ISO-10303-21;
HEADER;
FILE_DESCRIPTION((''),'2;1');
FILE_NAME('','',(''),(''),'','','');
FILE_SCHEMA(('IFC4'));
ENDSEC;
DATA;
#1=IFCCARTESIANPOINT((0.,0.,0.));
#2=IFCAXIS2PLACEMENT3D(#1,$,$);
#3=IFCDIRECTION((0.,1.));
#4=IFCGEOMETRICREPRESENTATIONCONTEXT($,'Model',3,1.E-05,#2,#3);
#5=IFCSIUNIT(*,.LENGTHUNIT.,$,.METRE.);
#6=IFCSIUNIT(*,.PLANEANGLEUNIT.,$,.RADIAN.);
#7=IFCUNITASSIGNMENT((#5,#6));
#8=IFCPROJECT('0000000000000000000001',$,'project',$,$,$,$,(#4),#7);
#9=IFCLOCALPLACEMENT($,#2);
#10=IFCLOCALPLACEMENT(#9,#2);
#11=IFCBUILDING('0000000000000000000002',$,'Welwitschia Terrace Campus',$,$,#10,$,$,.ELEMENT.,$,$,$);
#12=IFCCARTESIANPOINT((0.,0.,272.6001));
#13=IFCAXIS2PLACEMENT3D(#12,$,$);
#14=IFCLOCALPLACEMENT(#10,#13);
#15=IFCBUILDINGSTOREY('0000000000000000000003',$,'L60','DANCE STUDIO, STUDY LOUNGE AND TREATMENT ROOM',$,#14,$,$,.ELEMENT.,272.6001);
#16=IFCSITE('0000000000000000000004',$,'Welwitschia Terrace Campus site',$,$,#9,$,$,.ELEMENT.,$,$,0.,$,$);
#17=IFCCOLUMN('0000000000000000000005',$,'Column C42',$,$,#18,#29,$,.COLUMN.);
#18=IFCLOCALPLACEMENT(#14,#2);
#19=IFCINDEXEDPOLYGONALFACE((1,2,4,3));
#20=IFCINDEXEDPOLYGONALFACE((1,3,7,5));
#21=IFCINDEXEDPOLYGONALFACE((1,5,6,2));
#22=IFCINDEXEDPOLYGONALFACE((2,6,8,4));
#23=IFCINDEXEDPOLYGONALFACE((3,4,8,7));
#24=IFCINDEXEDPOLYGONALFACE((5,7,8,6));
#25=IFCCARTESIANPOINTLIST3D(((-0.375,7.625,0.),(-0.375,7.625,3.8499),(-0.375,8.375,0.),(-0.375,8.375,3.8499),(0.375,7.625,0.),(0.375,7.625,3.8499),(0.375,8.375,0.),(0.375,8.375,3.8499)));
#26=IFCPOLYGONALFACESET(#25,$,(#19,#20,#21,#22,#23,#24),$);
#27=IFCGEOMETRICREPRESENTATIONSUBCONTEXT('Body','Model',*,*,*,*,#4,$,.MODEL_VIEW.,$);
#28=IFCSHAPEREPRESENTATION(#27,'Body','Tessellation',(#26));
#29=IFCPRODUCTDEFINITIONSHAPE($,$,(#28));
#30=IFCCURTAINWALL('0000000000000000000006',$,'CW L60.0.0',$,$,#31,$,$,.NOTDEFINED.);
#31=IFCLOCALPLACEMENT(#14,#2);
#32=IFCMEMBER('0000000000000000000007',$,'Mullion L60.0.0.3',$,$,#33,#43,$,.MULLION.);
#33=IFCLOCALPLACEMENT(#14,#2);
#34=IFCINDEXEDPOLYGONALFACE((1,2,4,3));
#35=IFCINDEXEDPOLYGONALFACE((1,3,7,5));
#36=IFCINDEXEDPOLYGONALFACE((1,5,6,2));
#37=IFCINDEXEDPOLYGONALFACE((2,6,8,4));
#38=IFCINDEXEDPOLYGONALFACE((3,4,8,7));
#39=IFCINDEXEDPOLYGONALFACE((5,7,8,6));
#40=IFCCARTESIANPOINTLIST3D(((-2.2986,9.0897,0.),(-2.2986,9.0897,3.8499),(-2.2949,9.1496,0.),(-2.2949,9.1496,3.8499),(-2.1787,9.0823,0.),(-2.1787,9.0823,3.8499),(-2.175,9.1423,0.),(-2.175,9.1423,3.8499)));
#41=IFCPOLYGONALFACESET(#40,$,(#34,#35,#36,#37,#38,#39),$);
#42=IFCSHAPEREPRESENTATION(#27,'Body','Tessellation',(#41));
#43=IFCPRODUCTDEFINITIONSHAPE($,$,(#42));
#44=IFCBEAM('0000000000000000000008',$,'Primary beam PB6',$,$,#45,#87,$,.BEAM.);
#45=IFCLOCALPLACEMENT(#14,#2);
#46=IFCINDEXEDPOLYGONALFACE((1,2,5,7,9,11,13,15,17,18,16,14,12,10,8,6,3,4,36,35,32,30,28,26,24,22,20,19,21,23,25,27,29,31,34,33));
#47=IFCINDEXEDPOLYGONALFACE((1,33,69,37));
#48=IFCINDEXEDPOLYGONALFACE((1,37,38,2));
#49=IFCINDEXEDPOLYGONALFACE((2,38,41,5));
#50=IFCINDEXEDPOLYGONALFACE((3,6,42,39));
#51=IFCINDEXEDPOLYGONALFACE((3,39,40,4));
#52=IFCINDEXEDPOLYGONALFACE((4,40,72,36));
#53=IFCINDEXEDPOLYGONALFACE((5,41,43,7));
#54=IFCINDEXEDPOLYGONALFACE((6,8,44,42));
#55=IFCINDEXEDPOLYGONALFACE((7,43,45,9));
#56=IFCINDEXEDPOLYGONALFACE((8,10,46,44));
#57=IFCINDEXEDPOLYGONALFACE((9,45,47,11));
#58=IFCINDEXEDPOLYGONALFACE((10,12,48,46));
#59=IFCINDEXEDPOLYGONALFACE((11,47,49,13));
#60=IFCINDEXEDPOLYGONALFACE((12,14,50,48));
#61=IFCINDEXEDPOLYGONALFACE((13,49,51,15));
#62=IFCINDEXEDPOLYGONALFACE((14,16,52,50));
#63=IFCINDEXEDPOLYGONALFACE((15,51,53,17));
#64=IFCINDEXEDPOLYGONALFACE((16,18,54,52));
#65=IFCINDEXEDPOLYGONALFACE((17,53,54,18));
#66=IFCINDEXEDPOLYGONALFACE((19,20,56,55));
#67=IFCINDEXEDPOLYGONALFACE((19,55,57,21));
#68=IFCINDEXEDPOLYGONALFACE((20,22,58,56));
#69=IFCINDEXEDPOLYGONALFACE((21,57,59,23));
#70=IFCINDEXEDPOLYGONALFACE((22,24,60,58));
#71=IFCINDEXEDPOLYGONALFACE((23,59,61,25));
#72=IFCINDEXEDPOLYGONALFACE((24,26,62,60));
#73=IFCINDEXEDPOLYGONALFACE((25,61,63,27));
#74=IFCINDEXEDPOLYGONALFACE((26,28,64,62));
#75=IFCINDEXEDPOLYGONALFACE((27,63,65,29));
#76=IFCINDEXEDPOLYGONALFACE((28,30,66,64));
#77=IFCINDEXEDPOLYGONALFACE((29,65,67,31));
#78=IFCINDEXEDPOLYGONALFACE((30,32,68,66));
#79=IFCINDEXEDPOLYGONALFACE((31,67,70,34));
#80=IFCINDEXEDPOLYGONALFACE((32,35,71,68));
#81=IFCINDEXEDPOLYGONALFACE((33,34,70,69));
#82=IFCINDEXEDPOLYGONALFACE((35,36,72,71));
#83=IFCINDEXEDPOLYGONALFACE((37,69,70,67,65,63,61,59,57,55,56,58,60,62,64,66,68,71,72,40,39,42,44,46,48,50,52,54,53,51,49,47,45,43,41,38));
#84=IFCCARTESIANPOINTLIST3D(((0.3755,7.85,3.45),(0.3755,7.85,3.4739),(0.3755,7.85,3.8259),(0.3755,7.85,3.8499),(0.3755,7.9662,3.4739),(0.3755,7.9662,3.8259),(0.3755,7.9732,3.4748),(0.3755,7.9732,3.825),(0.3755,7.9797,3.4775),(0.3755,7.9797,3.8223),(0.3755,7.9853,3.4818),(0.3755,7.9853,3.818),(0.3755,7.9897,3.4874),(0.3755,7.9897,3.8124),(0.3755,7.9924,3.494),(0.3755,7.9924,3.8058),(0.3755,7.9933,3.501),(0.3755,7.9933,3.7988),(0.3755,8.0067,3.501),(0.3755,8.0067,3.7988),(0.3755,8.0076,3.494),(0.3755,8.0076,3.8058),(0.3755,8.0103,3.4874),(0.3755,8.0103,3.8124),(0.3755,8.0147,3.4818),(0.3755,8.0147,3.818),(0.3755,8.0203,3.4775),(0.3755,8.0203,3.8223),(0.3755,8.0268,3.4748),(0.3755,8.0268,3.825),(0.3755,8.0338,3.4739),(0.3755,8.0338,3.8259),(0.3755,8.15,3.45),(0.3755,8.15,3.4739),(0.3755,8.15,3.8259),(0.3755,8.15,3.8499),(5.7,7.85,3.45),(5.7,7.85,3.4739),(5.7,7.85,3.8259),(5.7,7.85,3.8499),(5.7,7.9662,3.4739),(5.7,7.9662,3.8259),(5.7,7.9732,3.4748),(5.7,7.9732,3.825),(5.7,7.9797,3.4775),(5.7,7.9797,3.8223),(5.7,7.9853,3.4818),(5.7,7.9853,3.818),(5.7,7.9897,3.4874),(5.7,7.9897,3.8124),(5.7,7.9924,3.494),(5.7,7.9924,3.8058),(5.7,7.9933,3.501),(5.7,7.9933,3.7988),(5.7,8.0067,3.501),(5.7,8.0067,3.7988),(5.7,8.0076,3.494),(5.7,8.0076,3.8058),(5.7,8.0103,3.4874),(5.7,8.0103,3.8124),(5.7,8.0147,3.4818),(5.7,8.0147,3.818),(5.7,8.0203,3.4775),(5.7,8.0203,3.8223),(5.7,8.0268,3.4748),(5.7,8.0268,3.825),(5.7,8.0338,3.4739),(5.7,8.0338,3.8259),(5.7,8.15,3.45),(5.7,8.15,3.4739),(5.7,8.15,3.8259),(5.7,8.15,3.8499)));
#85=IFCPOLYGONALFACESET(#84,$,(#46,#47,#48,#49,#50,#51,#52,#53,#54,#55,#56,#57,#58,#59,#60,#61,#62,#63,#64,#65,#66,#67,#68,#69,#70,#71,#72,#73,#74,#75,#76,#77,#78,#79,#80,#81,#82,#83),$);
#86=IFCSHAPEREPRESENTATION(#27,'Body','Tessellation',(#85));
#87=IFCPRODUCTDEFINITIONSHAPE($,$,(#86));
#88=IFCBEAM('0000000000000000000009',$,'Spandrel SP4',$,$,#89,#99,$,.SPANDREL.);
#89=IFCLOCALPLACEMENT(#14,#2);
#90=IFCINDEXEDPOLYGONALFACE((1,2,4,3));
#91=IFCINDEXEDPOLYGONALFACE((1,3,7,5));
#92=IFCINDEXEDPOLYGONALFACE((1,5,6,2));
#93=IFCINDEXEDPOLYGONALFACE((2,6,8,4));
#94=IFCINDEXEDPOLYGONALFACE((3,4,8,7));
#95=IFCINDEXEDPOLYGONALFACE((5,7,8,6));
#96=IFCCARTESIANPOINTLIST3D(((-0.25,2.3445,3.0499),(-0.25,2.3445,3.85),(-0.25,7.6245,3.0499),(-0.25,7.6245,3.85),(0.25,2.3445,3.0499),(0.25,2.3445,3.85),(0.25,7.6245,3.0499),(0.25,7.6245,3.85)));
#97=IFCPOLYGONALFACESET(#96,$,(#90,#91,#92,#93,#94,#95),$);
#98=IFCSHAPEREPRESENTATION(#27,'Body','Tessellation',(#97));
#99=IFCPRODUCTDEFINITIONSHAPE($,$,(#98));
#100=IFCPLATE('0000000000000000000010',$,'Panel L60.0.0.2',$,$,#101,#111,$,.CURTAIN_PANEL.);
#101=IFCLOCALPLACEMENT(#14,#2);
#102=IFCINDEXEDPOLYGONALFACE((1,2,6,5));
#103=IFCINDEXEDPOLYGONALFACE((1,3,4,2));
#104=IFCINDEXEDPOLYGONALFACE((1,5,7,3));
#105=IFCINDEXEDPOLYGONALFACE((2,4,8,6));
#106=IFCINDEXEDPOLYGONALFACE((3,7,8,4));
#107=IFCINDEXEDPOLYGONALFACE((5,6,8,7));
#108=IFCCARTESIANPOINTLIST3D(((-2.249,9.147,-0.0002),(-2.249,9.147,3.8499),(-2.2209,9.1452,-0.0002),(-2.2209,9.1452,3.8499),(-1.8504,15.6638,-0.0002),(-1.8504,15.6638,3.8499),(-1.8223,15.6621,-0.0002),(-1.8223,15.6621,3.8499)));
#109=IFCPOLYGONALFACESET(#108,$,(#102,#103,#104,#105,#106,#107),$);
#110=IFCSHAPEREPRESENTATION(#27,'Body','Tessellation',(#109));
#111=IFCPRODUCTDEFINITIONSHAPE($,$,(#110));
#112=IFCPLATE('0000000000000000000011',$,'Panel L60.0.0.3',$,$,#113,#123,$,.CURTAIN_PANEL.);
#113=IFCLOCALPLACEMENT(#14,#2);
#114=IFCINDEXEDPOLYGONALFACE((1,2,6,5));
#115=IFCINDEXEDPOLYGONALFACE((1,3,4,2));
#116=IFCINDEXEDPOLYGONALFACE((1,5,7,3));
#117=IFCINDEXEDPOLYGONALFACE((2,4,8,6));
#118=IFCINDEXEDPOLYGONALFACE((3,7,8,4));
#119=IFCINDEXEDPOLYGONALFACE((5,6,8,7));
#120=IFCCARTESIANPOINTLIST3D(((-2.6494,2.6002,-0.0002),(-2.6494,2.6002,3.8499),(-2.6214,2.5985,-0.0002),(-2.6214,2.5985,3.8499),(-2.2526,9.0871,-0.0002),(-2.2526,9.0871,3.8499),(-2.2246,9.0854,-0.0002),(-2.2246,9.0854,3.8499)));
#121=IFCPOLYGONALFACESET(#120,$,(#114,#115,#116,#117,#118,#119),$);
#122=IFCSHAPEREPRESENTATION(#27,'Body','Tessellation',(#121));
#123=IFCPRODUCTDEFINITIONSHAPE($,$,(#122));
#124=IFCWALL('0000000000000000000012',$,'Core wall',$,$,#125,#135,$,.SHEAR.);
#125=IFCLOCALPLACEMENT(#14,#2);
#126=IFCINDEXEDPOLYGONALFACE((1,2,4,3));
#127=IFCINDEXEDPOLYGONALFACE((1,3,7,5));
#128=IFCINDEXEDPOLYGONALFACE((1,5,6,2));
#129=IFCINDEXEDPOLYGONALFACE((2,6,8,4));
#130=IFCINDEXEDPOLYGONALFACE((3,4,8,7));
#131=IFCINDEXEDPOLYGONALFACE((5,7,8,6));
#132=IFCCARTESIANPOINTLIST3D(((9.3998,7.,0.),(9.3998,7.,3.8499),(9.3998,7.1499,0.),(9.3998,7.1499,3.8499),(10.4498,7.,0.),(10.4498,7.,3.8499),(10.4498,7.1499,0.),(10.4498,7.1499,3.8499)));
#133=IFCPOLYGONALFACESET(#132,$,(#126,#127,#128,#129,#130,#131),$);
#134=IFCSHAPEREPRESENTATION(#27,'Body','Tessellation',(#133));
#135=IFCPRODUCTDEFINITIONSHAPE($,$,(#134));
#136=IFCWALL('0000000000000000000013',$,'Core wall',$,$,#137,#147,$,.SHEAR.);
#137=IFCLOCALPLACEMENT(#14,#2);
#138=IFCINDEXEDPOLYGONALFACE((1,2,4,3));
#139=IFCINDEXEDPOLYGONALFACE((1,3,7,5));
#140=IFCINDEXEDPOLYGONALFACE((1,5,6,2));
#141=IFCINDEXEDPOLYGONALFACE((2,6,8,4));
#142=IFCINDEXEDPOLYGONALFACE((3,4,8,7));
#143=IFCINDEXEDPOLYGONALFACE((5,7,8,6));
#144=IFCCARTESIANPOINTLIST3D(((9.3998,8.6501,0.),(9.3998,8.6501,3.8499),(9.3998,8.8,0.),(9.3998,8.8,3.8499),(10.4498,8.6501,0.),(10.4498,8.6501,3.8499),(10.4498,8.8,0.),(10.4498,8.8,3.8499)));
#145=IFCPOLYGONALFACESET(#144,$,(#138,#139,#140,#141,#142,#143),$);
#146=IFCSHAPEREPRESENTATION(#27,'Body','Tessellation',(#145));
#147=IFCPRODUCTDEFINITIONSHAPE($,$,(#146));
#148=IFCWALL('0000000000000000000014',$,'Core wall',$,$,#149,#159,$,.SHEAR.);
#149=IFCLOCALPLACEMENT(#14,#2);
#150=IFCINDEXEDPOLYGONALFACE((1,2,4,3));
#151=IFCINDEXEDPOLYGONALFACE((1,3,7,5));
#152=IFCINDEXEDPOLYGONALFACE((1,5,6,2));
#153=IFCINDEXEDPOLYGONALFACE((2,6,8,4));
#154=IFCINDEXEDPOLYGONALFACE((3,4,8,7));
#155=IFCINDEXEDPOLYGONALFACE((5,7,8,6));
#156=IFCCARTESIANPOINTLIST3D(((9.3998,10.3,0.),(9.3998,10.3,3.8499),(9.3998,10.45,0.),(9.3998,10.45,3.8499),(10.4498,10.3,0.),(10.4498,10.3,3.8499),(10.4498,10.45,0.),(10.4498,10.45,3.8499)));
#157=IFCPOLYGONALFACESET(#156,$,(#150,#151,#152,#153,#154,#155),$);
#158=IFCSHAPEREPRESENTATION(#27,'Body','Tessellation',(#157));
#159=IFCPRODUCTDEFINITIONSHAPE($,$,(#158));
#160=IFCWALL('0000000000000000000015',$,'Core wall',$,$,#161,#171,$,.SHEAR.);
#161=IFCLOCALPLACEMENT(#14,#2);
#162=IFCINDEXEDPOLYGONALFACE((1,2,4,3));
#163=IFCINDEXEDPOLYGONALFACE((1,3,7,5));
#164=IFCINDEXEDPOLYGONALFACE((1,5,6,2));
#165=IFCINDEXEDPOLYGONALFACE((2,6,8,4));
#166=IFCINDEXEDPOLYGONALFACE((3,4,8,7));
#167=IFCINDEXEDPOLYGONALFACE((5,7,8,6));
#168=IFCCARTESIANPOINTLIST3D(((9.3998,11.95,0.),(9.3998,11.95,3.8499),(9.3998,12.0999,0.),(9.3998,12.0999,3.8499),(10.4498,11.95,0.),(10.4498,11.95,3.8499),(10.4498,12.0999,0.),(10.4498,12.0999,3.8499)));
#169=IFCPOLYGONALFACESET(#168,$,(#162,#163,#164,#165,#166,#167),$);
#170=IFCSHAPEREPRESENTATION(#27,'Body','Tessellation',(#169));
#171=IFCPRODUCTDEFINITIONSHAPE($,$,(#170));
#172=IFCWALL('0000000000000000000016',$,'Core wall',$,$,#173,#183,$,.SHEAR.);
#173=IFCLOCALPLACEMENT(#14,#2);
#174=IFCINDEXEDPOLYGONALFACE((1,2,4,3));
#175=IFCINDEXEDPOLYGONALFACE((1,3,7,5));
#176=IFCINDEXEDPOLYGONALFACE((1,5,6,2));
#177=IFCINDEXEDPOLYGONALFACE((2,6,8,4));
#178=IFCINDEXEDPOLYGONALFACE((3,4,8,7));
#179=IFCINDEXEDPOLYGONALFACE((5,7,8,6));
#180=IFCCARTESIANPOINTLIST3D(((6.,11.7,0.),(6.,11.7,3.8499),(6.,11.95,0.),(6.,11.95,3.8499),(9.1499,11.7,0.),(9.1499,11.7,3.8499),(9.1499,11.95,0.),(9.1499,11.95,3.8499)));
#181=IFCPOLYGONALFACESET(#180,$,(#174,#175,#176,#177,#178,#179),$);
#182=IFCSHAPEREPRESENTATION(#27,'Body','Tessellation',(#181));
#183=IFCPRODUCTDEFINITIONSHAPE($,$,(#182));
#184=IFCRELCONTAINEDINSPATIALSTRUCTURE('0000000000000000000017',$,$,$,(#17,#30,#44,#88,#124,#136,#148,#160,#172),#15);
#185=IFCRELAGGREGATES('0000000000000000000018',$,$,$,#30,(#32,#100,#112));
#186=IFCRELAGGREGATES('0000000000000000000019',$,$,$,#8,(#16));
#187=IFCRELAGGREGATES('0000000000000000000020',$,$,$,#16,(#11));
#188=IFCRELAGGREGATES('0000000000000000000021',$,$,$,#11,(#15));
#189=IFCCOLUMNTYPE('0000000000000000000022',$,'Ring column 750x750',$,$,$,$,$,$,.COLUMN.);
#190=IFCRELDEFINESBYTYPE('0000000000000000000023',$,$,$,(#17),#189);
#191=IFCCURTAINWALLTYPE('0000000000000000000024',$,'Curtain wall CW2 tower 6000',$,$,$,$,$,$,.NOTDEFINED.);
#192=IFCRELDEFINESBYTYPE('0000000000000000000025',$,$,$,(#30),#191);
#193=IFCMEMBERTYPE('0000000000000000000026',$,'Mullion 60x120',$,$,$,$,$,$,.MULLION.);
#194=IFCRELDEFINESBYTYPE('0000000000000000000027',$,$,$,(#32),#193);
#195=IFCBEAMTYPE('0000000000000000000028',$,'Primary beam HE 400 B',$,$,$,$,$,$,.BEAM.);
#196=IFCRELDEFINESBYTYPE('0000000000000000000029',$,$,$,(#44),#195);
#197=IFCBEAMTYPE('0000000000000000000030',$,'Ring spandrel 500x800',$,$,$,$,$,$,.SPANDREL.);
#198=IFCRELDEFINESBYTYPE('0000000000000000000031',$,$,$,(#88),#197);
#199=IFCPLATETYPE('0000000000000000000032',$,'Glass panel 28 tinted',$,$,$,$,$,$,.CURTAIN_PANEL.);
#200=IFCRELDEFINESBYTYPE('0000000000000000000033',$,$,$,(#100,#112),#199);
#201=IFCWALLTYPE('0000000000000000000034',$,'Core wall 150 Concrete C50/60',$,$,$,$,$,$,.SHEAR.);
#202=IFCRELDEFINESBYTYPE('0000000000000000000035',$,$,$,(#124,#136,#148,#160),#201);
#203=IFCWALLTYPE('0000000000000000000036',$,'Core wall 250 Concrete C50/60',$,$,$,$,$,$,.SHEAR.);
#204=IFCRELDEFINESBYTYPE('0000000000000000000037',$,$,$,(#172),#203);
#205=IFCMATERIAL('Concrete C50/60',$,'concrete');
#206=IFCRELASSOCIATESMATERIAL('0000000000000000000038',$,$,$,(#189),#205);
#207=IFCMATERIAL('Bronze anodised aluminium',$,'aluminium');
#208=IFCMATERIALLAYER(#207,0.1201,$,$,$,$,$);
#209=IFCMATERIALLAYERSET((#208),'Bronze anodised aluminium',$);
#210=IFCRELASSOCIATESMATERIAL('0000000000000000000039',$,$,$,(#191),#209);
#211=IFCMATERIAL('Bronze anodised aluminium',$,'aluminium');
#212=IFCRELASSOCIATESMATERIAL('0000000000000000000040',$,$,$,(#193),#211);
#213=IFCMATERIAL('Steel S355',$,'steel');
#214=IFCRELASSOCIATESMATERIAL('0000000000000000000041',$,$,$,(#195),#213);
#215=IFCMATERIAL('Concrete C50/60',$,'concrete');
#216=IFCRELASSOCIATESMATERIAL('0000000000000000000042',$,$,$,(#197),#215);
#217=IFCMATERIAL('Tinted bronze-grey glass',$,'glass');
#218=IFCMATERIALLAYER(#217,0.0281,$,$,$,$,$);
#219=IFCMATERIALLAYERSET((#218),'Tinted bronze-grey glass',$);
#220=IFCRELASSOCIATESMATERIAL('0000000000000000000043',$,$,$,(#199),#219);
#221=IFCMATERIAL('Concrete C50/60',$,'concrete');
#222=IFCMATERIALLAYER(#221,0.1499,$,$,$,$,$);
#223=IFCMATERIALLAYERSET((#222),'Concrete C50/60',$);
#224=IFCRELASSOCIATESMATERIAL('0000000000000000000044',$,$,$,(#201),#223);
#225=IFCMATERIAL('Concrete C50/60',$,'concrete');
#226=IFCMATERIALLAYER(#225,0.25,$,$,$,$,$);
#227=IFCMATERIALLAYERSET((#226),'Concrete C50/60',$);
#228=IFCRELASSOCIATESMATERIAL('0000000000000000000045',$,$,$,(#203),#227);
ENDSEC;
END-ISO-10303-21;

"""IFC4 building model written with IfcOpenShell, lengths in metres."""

from ifc_helpers import new_model, si_unit, direction, frame, frame_2d, origin, origin_2d, place, context, subcontext, project, spatial, rectangle, i_section, extrude, material, layer, layer_set, material_profile, profile_set, type_object, element, aggregate, save


model = new_model("IFC4")

# Units and contexts
model_context = context("Model", 3, precision=1e-05, world=origin(), true_north=direction((0.0, 1.0)))
body_context = subcontext(model_context, "Body", "Model", "MODEL_VIEW")
ifc_project = project(units=[si_unit("LENGTHUNIT", "METRE"), si_unit("PLANEANGLEUNIT", "RADIAN")], contexts=[model_context])

# Site, building, storey
site_placement = place(None, origin())
site = spatial("IfcSite", under=ifc_project, at=site_placement, Name="Welwitschia Terrace Campus site", CompositionType="ELEMENT", RefElevation=0.0)
building_placement = place(site_placement, origin())
building = spatial("IfcBuilding", under=site, at=building_placement, Name="Welwitschia Terrace Campus", CompositionType="ELEMENT")
storey_placement = place(building_placement, frame((0.0, 0.0, 272.6001)))
storey = spatial("IfcBuildingStorey", under=building, at=storey_placement, Name="L60", Description="DANCE STUDIO, STUDY LOUNGE AND TREATMENT ROOM", CompositionType="ELEMENT", Elevation=272.6001)

# Column
ifc_material_1 = material(Name="Concrete C50/60", Category="concrete")
ifc_material_profile_1 = material_profile(ifc_material_1, rectangle(XDim=0.75, YDim=0.75, at=origin_2d()))
ifc_profile_set_1 = profile_set([ifc_material_profile_1], Name="Concrete C50/60")
column_type = type_object("IfcColumnType", Name="Ring column 750x750", PredefinedType="COLUMN", material=ifc_profile_set_1)
column_placement = place(storey_placement, frame((0.0, 8.0, 0.0), z_axis=(0.0, 0.0, 1.0), x_axis=(1.0, 0.0, 0.0)))
element("IfcColumn", 1, at=column_placement, inside=storey, type_object=column_type, Name="Column C42", PredefinedType="COLUMN", context=body_context, shape_type="SweptSolid", body=[
    extrude(rectangle(XDim=0.75, YDim=0.75, at=origin_2d()), origin(), (0.0, 0.0, 1.0), 3.8499),
])

# Curtain wall, member
ifc_material_2 = material(Name="Bronze anodised aluminium", Category="aluminium")
ifc_layer_1 = layer(ifc_material_2, 0.1201)
ifc_layer_set_1 = layer_set([ifc_layer_1], Name="Bronze anodised aluminium")
curtain_wall_type = type_object("IfcCurtainWallType", Name="Curtain wall CW2 tower 6000", PredefinedType="NOTDEFINED", material=ifc_layer_set_1)
curtain_wall_placement = place(storey_placement, origin())
curtain_wall = element("IfcCurtainWall", 2, at=curtain_wall_placement, inside=storey, type_object=curtain_wall_type, Name="CW L60.0.0", PredefinedType="NOTDEFINED")
ifc_material_3 = material(Name="Bronze anodised aluminium", Category="aluminium")
ifc_material_profile_2 = material_profile(ifc_material_3, rectangle(XDim=0.1201, YDim=0.0601, at=origin_2d()))
ifc_profile_set_2 = profile_set([ifc_material_profile_2], Name="Bronze anodised aluminium")
member_type = type_object("IfcMemberType", Name="Mullion 60x120", PredefinedType="MULLION", material=ifc_profile_set_2)
member_placement = place(storey_placement, frame((-2.2368, 9.116, 0.0), z_axis=(0.0, 0.0, 1.0), x_axis=(0.998135, -0.061049, 0.0)))
member = element("IfcMember", 3, at=member_placement, type_object=member_type, Name="Mullion L60.0.0.3", PredefinedType="MULLION", context=body_context, shape_type="SweptSolid", body=[
    extrude(rectangle(XDim=0.1201, YDim=0.0601, at=origin_2d()), origin(), (0.0, 0.0, 1.0), 3.8499),
])

# Beams
ifc_material_4 = material(Name="Steel S355", Category="steel")
ifc_material_profile_3 = material_profile(ifc_material_4, i_section(OverallWidth=0.3, OverallDepth=0.3999, WebThickness=0.0134, FlangeThickness=0.0239, FilletRadius=0.0271, at=origin_2d()))
ifc_profile_set_3 = profile_set([ifc_material_profile_3], Name="Steel S355")
beam_type_1 = type_object("IfcBeamType", Name="Primary beam HE 400 B", PredefinedType="BEAM", material=ifc_profile_set_3)
beam_1_placement = place(storey_placement, frame((0.3755, 8.0, 3.6499), z_axis=(1.0, 0.0, 0.0), x_axis=(0.0, 1.0, 0.0)))
element("IfcBeam", 4, at=beam_1_placement, inside=storey, type_object=beam_type_1, Name="Primary beam PB6", PredefinedType="BEAM", context=body_context, shape_type="SweptSolid", body=[
    extrude(i_section(OverallWidth=0.3, OverallDepth=0.3999, WebThickness=0.0134, FlangeThickness=0.0239, FilletRadius=0.0271, at=origin_2d()), origin(), (0.0, 0.0, 1.0), 5.3245),
])
ifc_material_5 = material(Name="Concrete C50/60", Category="concrete")
ifc_material_profile_4 = material_profile(ifc_material_5, rectangle(XDim=0.5, YDim=0.8, at=origin_2d()))
ifc_profile_set_4 = profile_set([ifc_material_profile_4], Name="Concrete C50/60")
beam_type_2 = type_object("IfcBeamType", Name="Ring spandrel 500x800", PredefinedType="SPANDREL", material=ifc_profile_set_4)
beam_2_placement = place(storey_placement, frame((0.0, 7.6245, 3.45), z_axis=(0.0, -1.0, 0.0), x_axis=(1.0, 0.0, 0.0)))
element("IfcBeam", 5, at=beam_2_placement, inside=storey, type_object=beam_type_2, Name="Spandrel SP4", PredefinedType="SPANDREL", context=body_context, shape_type="SweptSolid", body=[
    extrude(rectangle(XDim=0.5, YDim=0.8, at=origin_2d()), origin(), (0.0, 0.0, 1.0), 5.28),
])

# Plates
ifc_material_6 = material(Name="Tinted bronze-grey glass", Category="glass")
ifc_layer_2 = layer(ifc_material_6, 0.0281)
ifc_layer_set_2 = layer_set([ifc_layer_2], Name="Tinted bronze-grey glass")
plate_type = type_object("IfcPlateType", Name="Glass panel 28 tinted", PredefinedType="CURTAIN_PANEL", material=ifc_layer_set_2)
plate_1_placement = place(storey_placement, frame((-2.0356, 12.4045, -0.0002), z_axis=(0.0, 0.0, 1.0), x_axis=(-0.061049, -0.998135, 0.0)))
plate_1 = element("IfcPlate", 6, at=plate_1_placement, type_object=plate_type, Name="Panel L60.0.0.2", PredefinedType="CURTAIN_PANEL", context=body_context, shape_type="SweptSolid", body=[
    extrude(rectangle(XDim=6.5291, YDim=0.0281, at=origin_2d()), origin(), (0.0, 0.0, 1.0), 3.8501),
])
plate_2_placement = place(storey_placement, frame((-2.437, 5.8428, -0.0002), z_axis=(0.0, 0.0, 1.0), x_axis=(-0.061049, -0.998135, 0.0)))
plate_2 = element("IfcPlate", 7, at=plate_2_placement, type_object=plate_type, Name="Panel L60.0.0.3", PredefinedType="CURTAIN_PANEL", context=body_context, shape_type="SweptSolid", body=[
    extrude(rectangle(XDim=6.499, YDim=0.0281, at=origin_2d()), origin(), (0.0, 0.0, 1.0), 3.8501),
])
aggregate(curtain_wall, [member, plate_1, plate_2])

# Walls
ifc_material_7 = material(Name="Concrete C50/60", Category="concrete")
ifc_layer_3 = layer(ifc_material_7, 0.1499)
ifc_layer_set_3 = layer_set([ifc_layer_3], Name="Concrete C50/60")
wall_type_1 = type_object("IfcWallType", Name="Core wall 150 Concrete C50/60", PredefinedType="SHEAR", material=ifc_layer_set_3)
for number, where, z_axis, x_axis, name in (
    (8, (9.3999, 7.075, 0.0), (0.0, 0.0, 1.0), (1.0, 0.0, 0.0), "Core wall"),
    (9, (9.3999, 8.7251, 0.0), (0.0, 0.0, 1.0), (1.0, 0.0, 0.0), "Core wall"),
    (10, (9.3999, 10.375, 0.0), (0.0, 0.0, 1.0), (1.0, 0.0, 0.0), "Core wall"),
    (11, (9.3999, 12.0249, 0.0), (0.0, 0.0, 1.0), (1.0, 0.0, 0.0), "Core wall"),
):
    element("IfcWall", number, at=place(storey_placement, frame(where, z_axis=z_axis, x_axis=x_axis)), inside=storey, type_object=wall_type_1, Name=name, PredefinedType="SHEAR", context=body_context, shape_type="SweptSolid", body=[
        extrude(rectangle(XDim=1.05, YDim=0.1499, at=frame_2d((0.5249, 0.0))), origin(), (0.0, 0.0, 1.0), 3.8499),
    ])
ifc_material_8 = material(Name="Concrete C50/60", Category="concrete")
ifc_layer_4 = layer(ifc_material_8, 0.25)
ifc_layer_set_4 = layer_set([ifc_layer_4], Name="Concrete C50/60")
wall_type_2 = type_object("IfcWallType", Name="Core wall 250 Concrete C50/60", PredefinedType="SHEAR", material=ifc_layer_set_4)
wall_1_placement = place(storey_placement, frame((6.0, 11.825, 0.0), z_axis=(0.0, 0.0, 1.0), x_axis=(1.0, 0.0, 0.0)))
element("IfcWall", 12, at=wall_1_placement, inside=storey, type_object=wall_type_2, Name="Core wall", PredefinedType="SHEAR", context=body_context, shape_type="SweptSolid", body=[
    extrude(rectangle(XDim=3.1499, YDim=0.25, at=frame_2d((1.575, 0.0))), origin(), (0.0, 0.0, 1.0), 3.8499),
])

save(model, "model.ifc")
